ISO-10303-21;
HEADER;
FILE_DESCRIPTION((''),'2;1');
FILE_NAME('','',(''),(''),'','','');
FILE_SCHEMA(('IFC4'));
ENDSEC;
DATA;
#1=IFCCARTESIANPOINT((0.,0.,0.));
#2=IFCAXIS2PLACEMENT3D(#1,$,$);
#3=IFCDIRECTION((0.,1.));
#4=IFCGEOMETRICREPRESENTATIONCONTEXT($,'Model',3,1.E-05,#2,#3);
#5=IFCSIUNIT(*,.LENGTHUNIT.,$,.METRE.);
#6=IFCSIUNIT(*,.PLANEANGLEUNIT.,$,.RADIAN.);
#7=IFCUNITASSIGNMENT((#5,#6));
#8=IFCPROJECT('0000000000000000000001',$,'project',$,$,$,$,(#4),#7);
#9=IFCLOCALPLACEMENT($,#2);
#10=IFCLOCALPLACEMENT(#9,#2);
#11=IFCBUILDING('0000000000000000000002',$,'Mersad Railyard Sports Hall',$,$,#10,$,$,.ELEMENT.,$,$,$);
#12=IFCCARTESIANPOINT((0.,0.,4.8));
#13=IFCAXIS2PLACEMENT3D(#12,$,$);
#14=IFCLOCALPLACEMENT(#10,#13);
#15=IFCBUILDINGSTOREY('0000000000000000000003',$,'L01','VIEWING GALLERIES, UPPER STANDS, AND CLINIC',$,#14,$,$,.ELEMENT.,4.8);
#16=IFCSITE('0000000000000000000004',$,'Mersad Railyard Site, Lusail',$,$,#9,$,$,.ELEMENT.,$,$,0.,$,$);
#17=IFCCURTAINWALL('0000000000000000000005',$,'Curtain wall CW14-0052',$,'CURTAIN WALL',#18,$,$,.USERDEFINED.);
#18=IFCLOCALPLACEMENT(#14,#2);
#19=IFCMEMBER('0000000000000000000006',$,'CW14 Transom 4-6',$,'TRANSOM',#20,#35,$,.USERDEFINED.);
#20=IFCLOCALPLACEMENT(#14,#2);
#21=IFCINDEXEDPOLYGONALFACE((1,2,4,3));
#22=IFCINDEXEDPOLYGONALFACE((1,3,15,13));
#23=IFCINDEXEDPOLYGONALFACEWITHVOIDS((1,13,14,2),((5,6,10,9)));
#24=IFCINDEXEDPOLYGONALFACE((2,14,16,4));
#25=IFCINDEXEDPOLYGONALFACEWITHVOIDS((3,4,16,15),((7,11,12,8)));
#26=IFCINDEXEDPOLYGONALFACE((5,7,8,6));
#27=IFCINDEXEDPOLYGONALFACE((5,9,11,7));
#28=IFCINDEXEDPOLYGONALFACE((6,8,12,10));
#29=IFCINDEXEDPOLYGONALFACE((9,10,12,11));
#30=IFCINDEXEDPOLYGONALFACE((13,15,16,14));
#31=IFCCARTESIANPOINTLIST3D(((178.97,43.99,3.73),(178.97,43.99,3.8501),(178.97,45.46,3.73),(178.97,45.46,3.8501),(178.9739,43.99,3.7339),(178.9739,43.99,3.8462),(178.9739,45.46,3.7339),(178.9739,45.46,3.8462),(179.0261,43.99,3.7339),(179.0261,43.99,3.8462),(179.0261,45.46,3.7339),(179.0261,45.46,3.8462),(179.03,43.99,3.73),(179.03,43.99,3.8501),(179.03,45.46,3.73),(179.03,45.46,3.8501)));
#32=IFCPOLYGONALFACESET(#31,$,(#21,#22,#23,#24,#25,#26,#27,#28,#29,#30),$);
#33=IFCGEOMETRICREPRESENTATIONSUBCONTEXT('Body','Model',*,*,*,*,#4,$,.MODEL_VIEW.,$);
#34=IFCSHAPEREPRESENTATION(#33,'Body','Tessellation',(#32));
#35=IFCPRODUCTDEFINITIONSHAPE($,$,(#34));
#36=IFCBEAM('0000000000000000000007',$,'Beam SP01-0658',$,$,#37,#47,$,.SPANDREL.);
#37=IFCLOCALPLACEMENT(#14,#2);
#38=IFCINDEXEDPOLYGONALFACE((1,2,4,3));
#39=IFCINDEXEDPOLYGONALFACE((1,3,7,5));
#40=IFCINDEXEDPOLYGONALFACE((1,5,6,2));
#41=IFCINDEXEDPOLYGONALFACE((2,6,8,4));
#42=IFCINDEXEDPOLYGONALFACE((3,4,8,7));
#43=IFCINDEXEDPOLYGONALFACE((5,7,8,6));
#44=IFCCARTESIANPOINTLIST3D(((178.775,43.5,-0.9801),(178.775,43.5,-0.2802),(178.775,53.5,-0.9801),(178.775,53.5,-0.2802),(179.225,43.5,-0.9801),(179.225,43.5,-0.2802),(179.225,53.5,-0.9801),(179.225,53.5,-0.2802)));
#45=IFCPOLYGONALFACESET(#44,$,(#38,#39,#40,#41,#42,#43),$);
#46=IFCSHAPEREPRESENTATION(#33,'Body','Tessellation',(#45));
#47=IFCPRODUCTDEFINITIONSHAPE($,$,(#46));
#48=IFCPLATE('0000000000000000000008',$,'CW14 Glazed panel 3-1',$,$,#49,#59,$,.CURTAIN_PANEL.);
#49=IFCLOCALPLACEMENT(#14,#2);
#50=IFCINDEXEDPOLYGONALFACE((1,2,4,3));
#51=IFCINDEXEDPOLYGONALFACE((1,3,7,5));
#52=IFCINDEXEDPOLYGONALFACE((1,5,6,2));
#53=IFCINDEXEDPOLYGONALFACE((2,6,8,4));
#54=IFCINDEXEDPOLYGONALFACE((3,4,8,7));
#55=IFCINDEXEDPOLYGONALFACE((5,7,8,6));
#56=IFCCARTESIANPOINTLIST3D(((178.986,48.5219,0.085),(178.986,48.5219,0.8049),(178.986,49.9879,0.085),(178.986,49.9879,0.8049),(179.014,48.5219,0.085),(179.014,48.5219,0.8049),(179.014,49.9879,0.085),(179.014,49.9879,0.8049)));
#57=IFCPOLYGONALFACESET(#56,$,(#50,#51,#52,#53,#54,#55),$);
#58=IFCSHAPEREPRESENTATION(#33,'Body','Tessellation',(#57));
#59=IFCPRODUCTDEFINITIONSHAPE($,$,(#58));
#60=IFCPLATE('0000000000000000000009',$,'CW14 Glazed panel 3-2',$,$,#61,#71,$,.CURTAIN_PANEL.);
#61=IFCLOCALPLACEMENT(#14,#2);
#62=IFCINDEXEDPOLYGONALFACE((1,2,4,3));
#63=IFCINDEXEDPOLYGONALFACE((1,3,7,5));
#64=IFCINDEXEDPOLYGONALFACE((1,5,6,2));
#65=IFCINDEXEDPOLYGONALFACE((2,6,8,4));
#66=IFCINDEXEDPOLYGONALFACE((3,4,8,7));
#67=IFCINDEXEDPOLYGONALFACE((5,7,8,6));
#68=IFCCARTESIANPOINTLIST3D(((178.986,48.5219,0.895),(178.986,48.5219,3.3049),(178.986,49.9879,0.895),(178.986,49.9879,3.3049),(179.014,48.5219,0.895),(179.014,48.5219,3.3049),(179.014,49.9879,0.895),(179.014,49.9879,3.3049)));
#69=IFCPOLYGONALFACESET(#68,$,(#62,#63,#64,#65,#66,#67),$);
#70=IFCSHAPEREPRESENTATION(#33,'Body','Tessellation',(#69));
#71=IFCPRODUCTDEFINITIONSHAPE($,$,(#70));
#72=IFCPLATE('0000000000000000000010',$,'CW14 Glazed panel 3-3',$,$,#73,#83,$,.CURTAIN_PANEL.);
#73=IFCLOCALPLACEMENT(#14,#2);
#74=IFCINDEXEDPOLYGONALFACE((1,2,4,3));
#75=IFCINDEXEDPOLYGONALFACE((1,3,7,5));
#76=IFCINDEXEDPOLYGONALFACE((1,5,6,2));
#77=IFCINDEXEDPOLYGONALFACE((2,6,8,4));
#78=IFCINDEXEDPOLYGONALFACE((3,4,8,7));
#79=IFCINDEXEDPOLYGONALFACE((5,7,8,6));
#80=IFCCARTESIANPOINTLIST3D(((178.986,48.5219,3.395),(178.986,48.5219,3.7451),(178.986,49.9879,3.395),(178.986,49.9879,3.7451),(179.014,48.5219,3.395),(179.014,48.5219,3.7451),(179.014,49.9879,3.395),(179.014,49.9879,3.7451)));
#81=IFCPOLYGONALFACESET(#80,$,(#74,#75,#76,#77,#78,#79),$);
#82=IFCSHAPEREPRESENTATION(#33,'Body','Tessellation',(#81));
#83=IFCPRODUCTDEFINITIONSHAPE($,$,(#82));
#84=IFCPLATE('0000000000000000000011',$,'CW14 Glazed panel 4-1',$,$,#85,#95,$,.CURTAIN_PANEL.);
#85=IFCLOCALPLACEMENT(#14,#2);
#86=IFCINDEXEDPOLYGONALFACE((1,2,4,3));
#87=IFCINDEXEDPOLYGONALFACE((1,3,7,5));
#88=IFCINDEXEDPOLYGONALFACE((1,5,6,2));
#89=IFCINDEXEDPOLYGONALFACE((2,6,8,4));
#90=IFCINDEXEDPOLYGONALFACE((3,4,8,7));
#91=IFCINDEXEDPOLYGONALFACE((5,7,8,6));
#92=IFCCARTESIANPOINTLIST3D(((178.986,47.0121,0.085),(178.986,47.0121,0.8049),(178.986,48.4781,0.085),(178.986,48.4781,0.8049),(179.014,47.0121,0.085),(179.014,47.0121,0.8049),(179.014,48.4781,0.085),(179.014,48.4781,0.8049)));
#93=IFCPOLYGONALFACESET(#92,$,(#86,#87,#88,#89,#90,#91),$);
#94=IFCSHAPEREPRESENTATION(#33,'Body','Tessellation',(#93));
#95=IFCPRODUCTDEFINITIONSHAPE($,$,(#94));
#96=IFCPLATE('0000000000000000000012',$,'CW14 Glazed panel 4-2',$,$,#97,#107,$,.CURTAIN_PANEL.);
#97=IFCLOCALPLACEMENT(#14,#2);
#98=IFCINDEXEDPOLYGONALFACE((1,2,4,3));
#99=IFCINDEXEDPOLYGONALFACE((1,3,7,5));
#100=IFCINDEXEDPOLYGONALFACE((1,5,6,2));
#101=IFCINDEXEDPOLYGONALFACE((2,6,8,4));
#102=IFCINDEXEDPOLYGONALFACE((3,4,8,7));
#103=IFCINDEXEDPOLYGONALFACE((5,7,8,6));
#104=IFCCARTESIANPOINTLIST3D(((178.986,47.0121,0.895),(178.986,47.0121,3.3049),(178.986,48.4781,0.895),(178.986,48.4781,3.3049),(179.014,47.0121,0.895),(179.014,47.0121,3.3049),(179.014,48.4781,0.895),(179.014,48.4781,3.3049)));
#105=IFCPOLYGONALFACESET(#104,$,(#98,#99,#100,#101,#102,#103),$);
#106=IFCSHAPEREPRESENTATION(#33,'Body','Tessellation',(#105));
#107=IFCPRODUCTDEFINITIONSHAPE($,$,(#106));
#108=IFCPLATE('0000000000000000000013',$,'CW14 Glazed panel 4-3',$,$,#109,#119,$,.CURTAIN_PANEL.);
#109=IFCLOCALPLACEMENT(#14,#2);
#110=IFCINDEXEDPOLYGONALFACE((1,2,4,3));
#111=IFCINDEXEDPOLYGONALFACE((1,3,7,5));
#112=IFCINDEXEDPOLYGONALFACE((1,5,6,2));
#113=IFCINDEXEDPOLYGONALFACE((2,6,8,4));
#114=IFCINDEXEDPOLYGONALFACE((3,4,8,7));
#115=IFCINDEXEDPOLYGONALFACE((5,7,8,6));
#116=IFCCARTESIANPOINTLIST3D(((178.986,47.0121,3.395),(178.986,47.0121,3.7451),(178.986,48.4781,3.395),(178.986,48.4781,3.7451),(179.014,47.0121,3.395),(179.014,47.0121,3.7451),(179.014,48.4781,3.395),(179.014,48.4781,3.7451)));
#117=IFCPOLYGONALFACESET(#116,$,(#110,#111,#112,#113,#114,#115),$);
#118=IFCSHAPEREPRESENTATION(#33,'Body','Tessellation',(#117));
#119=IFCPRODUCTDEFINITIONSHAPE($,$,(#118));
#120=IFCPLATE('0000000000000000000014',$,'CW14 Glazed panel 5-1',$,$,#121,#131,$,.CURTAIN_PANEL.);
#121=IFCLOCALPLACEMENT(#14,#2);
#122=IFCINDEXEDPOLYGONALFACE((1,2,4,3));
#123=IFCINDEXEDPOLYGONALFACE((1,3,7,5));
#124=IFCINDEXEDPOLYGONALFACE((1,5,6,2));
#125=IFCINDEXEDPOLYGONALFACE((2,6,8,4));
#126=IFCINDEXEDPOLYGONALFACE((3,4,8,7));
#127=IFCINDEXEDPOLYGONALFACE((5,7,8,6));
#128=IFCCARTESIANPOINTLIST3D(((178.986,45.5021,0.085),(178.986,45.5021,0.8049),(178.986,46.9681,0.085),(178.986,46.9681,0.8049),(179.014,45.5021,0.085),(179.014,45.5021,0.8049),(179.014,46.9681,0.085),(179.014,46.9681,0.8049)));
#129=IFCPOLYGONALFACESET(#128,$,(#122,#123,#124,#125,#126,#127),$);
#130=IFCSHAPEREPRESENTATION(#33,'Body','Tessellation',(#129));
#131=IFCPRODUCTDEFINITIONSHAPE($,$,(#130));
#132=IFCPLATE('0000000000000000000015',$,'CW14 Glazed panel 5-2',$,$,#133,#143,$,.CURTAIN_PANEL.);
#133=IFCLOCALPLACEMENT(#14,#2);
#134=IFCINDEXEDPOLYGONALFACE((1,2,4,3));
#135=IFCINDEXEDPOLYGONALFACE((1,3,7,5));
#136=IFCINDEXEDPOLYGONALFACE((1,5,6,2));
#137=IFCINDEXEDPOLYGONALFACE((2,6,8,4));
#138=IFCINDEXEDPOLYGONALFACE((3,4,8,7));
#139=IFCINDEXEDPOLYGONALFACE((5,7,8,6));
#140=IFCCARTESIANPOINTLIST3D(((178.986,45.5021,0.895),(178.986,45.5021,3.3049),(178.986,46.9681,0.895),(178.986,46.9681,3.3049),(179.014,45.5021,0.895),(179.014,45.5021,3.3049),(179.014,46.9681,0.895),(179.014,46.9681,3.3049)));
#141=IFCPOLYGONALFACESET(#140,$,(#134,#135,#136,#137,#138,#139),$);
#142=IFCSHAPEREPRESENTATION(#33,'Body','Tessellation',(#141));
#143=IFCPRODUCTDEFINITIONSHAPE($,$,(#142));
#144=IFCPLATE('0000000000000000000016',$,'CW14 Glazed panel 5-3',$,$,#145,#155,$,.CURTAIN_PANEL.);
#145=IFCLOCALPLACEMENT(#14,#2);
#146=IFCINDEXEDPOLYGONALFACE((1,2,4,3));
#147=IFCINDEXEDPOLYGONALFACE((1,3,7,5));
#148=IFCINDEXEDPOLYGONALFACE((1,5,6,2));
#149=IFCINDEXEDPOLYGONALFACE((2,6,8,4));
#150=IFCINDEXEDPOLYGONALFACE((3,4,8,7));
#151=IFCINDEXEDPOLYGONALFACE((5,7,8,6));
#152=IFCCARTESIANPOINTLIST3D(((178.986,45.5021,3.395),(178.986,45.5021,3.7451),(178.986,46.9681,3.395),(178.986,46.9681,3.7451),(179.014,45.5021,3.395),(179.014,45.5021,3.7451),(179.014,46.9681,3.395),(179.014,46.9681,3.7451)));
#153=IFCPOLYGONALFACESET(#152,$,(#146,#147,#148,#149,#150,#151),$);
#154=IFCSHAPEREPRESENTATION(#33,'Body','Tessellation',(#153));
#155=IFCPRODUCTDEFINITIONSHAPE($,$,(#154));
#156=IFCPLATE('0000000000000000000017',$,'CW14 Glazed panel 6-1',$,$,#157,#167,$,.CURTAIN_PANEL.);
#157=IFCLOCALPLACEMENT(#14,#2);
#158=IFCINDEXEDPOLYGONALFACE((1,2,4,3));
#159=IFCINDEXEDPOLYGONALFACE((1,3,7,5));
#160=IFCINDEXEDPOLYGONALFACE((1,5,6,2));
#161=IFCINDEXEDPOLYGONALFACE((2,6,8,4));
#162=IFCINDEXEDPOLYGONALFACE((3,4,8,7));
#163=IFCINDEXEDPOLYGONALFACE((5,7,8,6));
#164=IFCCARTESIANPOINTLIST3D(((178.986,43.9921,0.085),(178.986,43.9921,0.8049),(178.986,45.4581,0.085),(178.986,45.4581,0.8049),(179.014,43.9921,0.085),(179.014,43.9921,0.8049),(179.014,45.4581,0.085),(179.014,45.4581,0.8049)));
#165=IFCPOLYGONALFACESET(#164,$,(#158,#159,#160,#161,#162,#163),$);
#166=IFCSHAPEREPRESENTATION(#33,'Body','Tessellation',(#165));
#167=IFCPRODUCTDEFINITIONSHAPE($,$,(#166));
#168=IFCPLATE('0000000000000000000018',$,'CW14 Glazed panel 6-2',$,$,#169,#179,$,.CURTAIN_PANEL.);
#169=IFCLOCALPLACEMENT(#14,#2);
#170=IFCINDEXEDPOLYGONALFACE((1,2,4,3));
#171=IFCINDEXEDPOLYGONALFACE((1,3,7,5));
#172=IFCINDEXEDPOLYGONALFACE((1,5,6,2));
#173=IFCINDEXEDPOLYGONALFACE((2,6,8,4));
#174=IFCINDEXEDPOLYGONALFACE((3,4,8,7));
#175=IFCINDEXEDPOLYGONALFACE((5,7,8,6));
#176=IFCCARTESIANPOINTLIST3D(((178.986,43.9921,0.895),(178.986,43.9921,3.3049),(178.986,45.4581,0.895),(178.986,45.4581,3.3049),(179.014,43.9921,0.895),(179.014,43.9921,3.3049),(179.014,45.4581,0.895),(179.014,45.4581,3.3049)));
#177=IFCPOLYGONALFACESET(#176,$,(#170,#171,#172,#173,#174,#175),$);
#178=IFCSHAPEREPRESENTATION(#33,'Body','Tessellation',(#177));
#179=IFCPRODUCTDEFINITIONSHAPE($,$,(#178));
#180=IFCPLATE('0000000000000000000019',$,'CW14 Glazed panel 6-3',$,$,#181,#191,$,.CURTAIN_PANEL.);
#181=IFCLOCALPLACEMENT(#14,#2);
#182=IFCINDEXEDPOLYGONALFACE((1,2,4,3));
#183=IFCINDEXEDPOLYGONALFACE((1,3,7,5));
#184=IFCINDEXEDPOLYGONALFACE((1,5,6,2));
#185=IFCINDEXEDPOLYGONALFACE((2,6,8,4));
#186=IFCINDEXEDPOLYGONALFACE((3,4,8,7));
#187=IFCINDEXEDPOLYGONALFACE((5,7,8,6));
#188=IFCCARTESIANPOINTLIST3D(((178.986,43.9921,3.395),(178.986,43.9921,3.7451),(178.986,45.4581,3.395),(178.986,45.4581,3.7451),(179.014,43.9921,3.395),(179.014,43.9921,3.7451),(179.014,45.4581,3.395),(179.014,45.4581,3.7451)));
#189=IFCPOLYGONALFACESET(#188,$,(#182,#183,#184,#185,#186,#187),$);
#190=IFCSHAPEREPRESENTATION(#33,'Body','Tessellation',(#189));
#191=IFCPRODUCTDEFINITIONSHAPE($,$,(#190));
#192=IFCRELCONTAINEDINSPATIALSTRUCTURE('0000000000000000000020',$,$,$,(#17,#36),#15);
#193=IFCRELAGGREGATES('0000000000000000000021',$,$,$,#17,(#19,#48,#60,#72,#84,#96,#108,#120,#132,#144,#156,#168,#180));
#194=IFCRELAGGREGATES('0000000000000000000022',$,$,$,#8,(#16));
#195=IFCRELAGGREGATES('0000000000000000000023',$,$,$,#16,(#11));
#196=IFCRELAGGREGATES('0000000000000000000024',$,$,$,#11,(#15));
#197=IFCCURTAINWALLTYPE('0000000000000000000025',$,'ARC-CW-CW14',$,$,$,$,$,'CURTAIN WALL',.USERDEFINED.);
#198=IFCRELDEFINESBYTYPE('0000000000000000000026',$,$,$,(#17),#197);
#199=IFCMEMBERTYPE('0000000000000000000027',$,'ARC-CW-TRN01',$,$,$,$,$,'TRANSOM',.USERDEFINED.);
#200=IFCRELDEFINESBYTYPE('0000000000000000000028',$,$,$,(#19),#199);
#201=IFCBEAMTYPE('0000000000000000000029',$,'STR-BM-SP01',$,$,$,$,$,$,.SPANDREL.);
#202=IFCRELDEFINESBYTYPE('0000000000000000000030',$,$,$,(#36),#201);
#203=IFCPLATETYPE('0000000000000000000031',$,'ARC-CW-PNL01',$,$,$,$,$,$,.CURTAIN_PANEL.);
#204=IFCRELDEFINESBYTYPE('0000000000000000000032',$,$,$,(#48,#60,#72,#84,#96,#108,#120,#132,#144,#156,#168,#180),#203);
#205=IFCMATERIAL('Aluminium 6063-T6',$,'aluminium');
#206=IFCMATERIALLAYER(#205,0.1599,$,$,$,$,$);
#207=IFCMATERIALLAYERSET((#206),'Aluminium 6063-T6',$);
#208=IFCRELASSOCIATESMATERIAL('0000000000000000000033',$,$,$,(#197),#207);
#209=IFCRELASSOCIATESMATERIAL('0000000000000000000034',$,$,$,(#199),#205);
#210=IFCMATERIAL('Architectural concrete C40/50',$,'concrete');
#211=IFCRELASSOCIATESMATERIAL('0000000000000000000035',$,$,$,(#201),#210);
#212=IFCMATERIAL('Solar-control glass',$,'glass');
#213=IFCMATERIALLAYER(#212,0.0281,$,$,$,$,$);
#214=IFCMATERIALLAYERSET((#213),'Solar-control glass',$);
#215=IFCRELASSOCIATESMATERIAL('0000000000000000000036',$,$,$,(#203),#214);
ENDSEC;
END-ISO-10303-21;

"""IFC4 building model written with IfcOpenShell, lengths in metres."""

from ifc_helpers import new_model, si_unit, direction, frame, origin, origin_2d, place, context, subcontext, project, spatial, rectangle, hollow_rectangle, extrude, material, layer, layer_set, material_profile, profile_set, type_object, element, aggregate, save


model = new_model("IFC4")

# Units and contexts
model_context = context("Model", 3, precision=1e-05, world=origin(), true_north=direction((0.0, 1.0)))
body_context = subcontext(model_context, "Body", "Model", "MODEL_VIEW")
ifc_project = project(units=[si_unit("LENGTHUNIT", "METRE"), si_unit("PLANEANGLEUNIT", "RADIAN")], contexts=[model_context])

# Site, building, storey
site_placement = place(None, origin())
site = spatial("IfcSite", under=ifc_project, at=site_placement, Name="Mersad Railyard Site, Lusail", CompositionType="ELEMENT", RefElevation=0.0)
building_placement = place(site_placement, origin())
building = spatial("IfcBuilding", under=site, at=building_placement, Name="Mersad Railyard Sports Hall", CompositionType="ELEMENT")
storey_placement = place(building_placement, frame((0.0, 0.0, 4.8)))
storey = spatial("IfcBuildingStorey", under=building, at=storey_placement, Name="L01", Description="VIEWING GALLERIES, UPPER STANDS, AND CLINIC", CompositionType="ELEMENT", Elevation=4.8)

# Shared definitions
ifc_material_1 = material(Name="Aluminium 6063-T6", Category="aluminium")
ifc_layer_1 = layer(ifc_material_1, 0.1599)
ifc_layer_set_1 = layer_set([ifc_layer_1], Name="Aluminium 6063-T6")
curtain_wall_type = type_object("IfcCurtainWallType", Name="ARC-CW-CW14", ElementType="CURTAIN WALL", PredefinedType="USERDEFINED", material=ifc_layer_set_1)

# Curtain wall
curtain_wall_1_placement = place(storey_placement, origin())
curtain_wall_1 = element("IfcCurtainWall", 1, at=curtain_wall_1_placement, inside=storey, type_object=curtain_wall_type, Name="Curtain wall CW14-0052", ObjectType="CURTAIN WALL", PredefinedType="USERDEFINED")

# Member
ifc_material_profile_1 = material_profile(ifc_material_1, hollow_rectangle(XDim=0.0601, YDim=0.1201, WallThickness=0.0039, at=origin_2d()), Name="AL TRANSOM 60x120x4")
ifc_profile_set_1 = profile_set([ifc_material_profile_1], Name="Aluminium 6063-T6")
member_type_1 = type_object("IfcMemberType", Name="ARC-CW-TRN01", ElementType="TRANSOM", PredefinedType="USERDEFINED", material=ifc_profile_set_1)
member_1_placement = place(storey_placement, frame((179.0, 45.46, 3.79), z_axis=(0.0, -1.0, 0.0), x_axis=(1.0, 0.0, 0.0)))
member_1 = element("IfcMember", 2, at=member_1_placement, type_object=member_type_1, Name="CW14 Transom 4-6", ObjectType="TRANSOM", PredefinedType="USERDEFINED", context=body_context, shape_type="SweptSolid", body=[
    extrude(hollow_rectangle(XDim=0.0601, YDim=0.1201, WallThickness=0.0039, at=origin_2d()), origin(), (0.0, 0.0, 1.0), 1.47),
])

# Beam
ifc_material_2 = material(Name="Architectural concrete C40/50", Category="concrete")
ifc_material_profile_2 = material_profile(ifc_material_2, rectangle(XDim=0.45, YDim=0.7, at=origin_2d()), Name="RC 450x700")
ifc_profile_set_2 = profile_set([ifc_material_profile_2], Name="Architectural concrete C40/50")
beam_type = type_object("IfcBeamType", Name="STR-BM-SP01", PredefinedType="SPANDREL", material=ifc_profile_set_2)
beam_placement = place(storey_placement, frame((179.0, 43.5, -0.6301), z_axis=(0.0, 1.0, 0.0), x_axis=(-1.0, 0.0, 0.0)))
element("IfcBeam", 3, at=beam_placement, inside=storey, type_object=beam_type, Name="Beam SP01-0658", PredefinedType="SPANDREL", context=body_context, shape_type="SweptSolid", body=[
    extrude(rectangle(XDim=0.45, YDim=0.7, at=origin_2d()), origin(), (0.0, 0.0, 1.0), 10.0),
])

# Plates
ifc_material_3 = material(Name="Solar-control glass", Category="glass")
ifc_layer_2 = layer(ifc_material_3, 0.0281)
ifc_layer_set_2 = layer_set([ifc_layer_2], Name="Solar-control glass")
plate_type = type_object("IfcPlateType", Name="ARC-CW-PNL01", PredefinedType="CURTAIN_PANEL", material=ifc_layer_set_2)
plate_1_placement = place(storey_placement, frame((179.0, 49.2549, 0.085), z_axis=(0.0, 0.0, 1.0), x_axis=(0.0, -1.0, 0.0)))
plate_1 = element("IfcPlate", 4, at=plate_1_placement, type_object=plate_type, Name="CW14 Glazed panel 3-1", PredefinedType="CURTAIN_PANEL", context=body_context, shape_type="SweptSolid", body=[
    extrude(rectangle(XDim=1.4661, YDim=0.0281, at=origin_2d()), origin(), (0.0, 0.0, 1.0), 0.72),
])
plate_2_placement = place(storey_placement, frame((179.0, 49.2549, 0.895), z_axis=(0.0, 0.0, 1.0), x_axis=(0.0, -1.0, 0.0)))
plate_2 = element("IfcPlate", 5, at=plate_2_placement, type_object=plate_type, Name="CW14 Glazed panel 3-2", PredefinedType="CURTAIN_PANEL", context=body_context, shape_type="SweptSolid", body=[
    extrude(rectangle(XDim=1.4661, YDim=0.0281, at=origin_2d()), origin(), (0.0, 0.0, 1.0), 2.4099),
])
plate_3_placement = place(storey_placement, frame((179.0, 49.2549, 3.395), z_axis=(0.0, 0.0, 1.0), x_axis=(0.0, -1.0, 0.0)))
plate_3 = element("IfcPlate", 6, at=plate_3_placement, type_object=plate_type, Name="CW14 Glazed panel 3-3", PredefinedType="CURTAIN_PANEL", context=body_context, shape_type="SweptSolid", body=[
    extrude(rectangle(XDim=1.4661, YDim=0.0281, at=origin_2d()), origin(), (0.0, 0.0, 1.0), 0.3501),
])
plate_4_placement = place(storey_placement, frame((179.0, 47.7451, 0.085), z_axis=(0.0, 0.0, 1.0), x_axis=(0.0, -1.0, 0.0)))
plate_4 = element("IfcPlate", 7, at=plate_4_placement, type_object=plate_type, Name="CW14 Glazed panel 4-1", PredefinedType="CURTAIN_PANEL", context=body_context, shape_type="SweptSolid", body=[
    extrude(rectangle(XDim=1.4661, YDim=0.0281, at=origin_2d()), origin(), (0.0, 0.0, 1.0), 0.72),
])
plate_5_placement = place(storey_placement, frame((179.0, 47.7451, 0.895), z_axis=(0.0, 0.0, 1.0), x_axis=(0.0, -1.0, 0.0)))
plate_5 = element("IfcPlate", 8, at=plate_5_placement, type_object=plate_type, Name="CW14 Glazed panel 4-2", PredefinedType="CURTAIN_PANEL", context=body_context, shape_type="SweptSolid", body=[
    extrude(rectangle(XDim=1.4661, YDim=0.0281, at=origin_2d()), origin(), (0.0, 0.0, 1.0), 2.4099),
])
plate_6_placement = place(storey_placement, frame((179.0, 47.7451, 3.395), z_axis=(0.0, 0.0, 1.0), x_axis=(0.0, -1.0, 0.0)))
plate_6 = element("IfcPlate", 9, at=plate_6_placement, type_object=plate_type, Name="CW14 Glazed panel 4-3", PredefinedType="CURTAIN_PANEL", context=body_context, shape_type="SweptSolid", body=[
    extrude(rectangle(XDim=1.4661, YDim=0.0281, at=origin_2d()), origin(), (0.0, 0.0, 1.0), 0.3501),
])
plate_7_placement = place(storey_placement, frame((179.0, 46.2351, 0.085), z_axis=(0.0, 0.0, 1.0), x_axis=(0.0, -1.0, 0.0)))
plate_7 = element("IfcPlate", 10, at=plate_7_placement, type_object=plate_type, Name="CW14 Glazed panel 5-1", PredefinedType="CURTAIN_PANEL", context=body_context, shape_type="SweptSolid", body=[
    extrude(rectangle(XDim=1.4661, YDim=0.0281, at=origin_2d()), origin(), (0.0, 0.0, 1.0), 0.72),
])
plate_8_placement = place(storey_placement, frame((179.0, 46.2351, 0.895), z_axis=(0.0, 0.0, 1.0), x_axis=(0.0, -1.0, 0.0)))
plate_8 = element("IfcPlate", 11, at=plate_8_placement, type_object=plate_type, Name="CW14 Glazed panel 5-2", PredefinedType="CURTAIN_PANEL", context=body_context, shape_type="SweptSolid", body=[
    extrude(rectangle(XDim=1.4661, YDim=0.0281, at=origin_2d()), origin(), (0.0, 0.0, 1.0), 2.4099),
])
plate_9_placement = place(storey_placement, frame((179.0, 46.2351, 3.395), z_axis=(0.0, 0.0, 1.0), x_axis=(0.0, -1.0, 0.0)))
plate_9 = element("IfcPlate", 12, at=plate_9_placement, type_object=plate_type, Name="CW14 Glazed panel 5-3", PredefinedType="CURTAIN_PANEL", context=body_context, shape_type="SweptSolid", body=[
    extrude(rectangle(XDim=1.4661, YDim=0.0281, at=origin_2d()), origin(), (0.0, 0.0, 1.0), 0.3501),
])
plate_10_placement = place(storey_placement, frame((179.0, 44.7251, 0.085), z_axis=(0.0, 0.0, 1.0), x_axis=(0.0, -1.0, 0.0)))
plate_10 = element("IfcPlate", 13, at=plate_10_placement, type_object=plate_type, Name="CW14 Glazed panel 6-1", PredefinedType="CURTAIN_PANEL", context=body_context, shape_type="SweptSolid", body=[
    extrude(rectangle(XDim=1.4661, YDim=0.0281, at=origin_2d()), origin(), (0.0, 0.0, 1.0), 0.72),
])
plate_11_placement = place(storey_placement, frame((179.0, 44.7251, 0.895), z_axis=(0.0, 0.0, 1.0), x_axis=(0.0, -1.0, 0.0)))
plate_11 = element("IfcPlate", 14, at=plate_11_placement, type_object=plate_type, Name="CW14 Glazed panel 6-2", PredefinedType="CURTAIN_PANEL", context=body_context, shape_type="SweptSolid", body=[
    extrude(rectangle(XDim=1.4661, YDim=0.0281, at=origin_2d()), origin(), (0.0, 0.0, 1.0), 2.4099),
])
plate_12_placement = place(storey_placement, frame((179.0, 44.7251, 3.395), z_axis=(0.0, 0.0, 1.0), x_axis=(0.0, -1.0, 0.0)))
plate_12 = element("IfcPlate", 15, at=plate_12_placement, type_object=plate_type, Name="CW14 Glazed panel 6-3", PredefinedType="CURTAIN_PANEL", context=body_context, shape_type="SweptSolid", body=[
    extrude(rectangle(XDim=1.4661, YDim=0.0281, at=origin_2d()), origin(), (0.0, 0.0, 1.0), 0.3501),
])
aggregate(curtain_wall_1, [member_1, plate_1, plate_2, plate_3, plate_4, plate_5, plate_6, plate_7, plate_8, plate_9, plate_10, plate_11, plate_12])

save(model, "model.ifc")
